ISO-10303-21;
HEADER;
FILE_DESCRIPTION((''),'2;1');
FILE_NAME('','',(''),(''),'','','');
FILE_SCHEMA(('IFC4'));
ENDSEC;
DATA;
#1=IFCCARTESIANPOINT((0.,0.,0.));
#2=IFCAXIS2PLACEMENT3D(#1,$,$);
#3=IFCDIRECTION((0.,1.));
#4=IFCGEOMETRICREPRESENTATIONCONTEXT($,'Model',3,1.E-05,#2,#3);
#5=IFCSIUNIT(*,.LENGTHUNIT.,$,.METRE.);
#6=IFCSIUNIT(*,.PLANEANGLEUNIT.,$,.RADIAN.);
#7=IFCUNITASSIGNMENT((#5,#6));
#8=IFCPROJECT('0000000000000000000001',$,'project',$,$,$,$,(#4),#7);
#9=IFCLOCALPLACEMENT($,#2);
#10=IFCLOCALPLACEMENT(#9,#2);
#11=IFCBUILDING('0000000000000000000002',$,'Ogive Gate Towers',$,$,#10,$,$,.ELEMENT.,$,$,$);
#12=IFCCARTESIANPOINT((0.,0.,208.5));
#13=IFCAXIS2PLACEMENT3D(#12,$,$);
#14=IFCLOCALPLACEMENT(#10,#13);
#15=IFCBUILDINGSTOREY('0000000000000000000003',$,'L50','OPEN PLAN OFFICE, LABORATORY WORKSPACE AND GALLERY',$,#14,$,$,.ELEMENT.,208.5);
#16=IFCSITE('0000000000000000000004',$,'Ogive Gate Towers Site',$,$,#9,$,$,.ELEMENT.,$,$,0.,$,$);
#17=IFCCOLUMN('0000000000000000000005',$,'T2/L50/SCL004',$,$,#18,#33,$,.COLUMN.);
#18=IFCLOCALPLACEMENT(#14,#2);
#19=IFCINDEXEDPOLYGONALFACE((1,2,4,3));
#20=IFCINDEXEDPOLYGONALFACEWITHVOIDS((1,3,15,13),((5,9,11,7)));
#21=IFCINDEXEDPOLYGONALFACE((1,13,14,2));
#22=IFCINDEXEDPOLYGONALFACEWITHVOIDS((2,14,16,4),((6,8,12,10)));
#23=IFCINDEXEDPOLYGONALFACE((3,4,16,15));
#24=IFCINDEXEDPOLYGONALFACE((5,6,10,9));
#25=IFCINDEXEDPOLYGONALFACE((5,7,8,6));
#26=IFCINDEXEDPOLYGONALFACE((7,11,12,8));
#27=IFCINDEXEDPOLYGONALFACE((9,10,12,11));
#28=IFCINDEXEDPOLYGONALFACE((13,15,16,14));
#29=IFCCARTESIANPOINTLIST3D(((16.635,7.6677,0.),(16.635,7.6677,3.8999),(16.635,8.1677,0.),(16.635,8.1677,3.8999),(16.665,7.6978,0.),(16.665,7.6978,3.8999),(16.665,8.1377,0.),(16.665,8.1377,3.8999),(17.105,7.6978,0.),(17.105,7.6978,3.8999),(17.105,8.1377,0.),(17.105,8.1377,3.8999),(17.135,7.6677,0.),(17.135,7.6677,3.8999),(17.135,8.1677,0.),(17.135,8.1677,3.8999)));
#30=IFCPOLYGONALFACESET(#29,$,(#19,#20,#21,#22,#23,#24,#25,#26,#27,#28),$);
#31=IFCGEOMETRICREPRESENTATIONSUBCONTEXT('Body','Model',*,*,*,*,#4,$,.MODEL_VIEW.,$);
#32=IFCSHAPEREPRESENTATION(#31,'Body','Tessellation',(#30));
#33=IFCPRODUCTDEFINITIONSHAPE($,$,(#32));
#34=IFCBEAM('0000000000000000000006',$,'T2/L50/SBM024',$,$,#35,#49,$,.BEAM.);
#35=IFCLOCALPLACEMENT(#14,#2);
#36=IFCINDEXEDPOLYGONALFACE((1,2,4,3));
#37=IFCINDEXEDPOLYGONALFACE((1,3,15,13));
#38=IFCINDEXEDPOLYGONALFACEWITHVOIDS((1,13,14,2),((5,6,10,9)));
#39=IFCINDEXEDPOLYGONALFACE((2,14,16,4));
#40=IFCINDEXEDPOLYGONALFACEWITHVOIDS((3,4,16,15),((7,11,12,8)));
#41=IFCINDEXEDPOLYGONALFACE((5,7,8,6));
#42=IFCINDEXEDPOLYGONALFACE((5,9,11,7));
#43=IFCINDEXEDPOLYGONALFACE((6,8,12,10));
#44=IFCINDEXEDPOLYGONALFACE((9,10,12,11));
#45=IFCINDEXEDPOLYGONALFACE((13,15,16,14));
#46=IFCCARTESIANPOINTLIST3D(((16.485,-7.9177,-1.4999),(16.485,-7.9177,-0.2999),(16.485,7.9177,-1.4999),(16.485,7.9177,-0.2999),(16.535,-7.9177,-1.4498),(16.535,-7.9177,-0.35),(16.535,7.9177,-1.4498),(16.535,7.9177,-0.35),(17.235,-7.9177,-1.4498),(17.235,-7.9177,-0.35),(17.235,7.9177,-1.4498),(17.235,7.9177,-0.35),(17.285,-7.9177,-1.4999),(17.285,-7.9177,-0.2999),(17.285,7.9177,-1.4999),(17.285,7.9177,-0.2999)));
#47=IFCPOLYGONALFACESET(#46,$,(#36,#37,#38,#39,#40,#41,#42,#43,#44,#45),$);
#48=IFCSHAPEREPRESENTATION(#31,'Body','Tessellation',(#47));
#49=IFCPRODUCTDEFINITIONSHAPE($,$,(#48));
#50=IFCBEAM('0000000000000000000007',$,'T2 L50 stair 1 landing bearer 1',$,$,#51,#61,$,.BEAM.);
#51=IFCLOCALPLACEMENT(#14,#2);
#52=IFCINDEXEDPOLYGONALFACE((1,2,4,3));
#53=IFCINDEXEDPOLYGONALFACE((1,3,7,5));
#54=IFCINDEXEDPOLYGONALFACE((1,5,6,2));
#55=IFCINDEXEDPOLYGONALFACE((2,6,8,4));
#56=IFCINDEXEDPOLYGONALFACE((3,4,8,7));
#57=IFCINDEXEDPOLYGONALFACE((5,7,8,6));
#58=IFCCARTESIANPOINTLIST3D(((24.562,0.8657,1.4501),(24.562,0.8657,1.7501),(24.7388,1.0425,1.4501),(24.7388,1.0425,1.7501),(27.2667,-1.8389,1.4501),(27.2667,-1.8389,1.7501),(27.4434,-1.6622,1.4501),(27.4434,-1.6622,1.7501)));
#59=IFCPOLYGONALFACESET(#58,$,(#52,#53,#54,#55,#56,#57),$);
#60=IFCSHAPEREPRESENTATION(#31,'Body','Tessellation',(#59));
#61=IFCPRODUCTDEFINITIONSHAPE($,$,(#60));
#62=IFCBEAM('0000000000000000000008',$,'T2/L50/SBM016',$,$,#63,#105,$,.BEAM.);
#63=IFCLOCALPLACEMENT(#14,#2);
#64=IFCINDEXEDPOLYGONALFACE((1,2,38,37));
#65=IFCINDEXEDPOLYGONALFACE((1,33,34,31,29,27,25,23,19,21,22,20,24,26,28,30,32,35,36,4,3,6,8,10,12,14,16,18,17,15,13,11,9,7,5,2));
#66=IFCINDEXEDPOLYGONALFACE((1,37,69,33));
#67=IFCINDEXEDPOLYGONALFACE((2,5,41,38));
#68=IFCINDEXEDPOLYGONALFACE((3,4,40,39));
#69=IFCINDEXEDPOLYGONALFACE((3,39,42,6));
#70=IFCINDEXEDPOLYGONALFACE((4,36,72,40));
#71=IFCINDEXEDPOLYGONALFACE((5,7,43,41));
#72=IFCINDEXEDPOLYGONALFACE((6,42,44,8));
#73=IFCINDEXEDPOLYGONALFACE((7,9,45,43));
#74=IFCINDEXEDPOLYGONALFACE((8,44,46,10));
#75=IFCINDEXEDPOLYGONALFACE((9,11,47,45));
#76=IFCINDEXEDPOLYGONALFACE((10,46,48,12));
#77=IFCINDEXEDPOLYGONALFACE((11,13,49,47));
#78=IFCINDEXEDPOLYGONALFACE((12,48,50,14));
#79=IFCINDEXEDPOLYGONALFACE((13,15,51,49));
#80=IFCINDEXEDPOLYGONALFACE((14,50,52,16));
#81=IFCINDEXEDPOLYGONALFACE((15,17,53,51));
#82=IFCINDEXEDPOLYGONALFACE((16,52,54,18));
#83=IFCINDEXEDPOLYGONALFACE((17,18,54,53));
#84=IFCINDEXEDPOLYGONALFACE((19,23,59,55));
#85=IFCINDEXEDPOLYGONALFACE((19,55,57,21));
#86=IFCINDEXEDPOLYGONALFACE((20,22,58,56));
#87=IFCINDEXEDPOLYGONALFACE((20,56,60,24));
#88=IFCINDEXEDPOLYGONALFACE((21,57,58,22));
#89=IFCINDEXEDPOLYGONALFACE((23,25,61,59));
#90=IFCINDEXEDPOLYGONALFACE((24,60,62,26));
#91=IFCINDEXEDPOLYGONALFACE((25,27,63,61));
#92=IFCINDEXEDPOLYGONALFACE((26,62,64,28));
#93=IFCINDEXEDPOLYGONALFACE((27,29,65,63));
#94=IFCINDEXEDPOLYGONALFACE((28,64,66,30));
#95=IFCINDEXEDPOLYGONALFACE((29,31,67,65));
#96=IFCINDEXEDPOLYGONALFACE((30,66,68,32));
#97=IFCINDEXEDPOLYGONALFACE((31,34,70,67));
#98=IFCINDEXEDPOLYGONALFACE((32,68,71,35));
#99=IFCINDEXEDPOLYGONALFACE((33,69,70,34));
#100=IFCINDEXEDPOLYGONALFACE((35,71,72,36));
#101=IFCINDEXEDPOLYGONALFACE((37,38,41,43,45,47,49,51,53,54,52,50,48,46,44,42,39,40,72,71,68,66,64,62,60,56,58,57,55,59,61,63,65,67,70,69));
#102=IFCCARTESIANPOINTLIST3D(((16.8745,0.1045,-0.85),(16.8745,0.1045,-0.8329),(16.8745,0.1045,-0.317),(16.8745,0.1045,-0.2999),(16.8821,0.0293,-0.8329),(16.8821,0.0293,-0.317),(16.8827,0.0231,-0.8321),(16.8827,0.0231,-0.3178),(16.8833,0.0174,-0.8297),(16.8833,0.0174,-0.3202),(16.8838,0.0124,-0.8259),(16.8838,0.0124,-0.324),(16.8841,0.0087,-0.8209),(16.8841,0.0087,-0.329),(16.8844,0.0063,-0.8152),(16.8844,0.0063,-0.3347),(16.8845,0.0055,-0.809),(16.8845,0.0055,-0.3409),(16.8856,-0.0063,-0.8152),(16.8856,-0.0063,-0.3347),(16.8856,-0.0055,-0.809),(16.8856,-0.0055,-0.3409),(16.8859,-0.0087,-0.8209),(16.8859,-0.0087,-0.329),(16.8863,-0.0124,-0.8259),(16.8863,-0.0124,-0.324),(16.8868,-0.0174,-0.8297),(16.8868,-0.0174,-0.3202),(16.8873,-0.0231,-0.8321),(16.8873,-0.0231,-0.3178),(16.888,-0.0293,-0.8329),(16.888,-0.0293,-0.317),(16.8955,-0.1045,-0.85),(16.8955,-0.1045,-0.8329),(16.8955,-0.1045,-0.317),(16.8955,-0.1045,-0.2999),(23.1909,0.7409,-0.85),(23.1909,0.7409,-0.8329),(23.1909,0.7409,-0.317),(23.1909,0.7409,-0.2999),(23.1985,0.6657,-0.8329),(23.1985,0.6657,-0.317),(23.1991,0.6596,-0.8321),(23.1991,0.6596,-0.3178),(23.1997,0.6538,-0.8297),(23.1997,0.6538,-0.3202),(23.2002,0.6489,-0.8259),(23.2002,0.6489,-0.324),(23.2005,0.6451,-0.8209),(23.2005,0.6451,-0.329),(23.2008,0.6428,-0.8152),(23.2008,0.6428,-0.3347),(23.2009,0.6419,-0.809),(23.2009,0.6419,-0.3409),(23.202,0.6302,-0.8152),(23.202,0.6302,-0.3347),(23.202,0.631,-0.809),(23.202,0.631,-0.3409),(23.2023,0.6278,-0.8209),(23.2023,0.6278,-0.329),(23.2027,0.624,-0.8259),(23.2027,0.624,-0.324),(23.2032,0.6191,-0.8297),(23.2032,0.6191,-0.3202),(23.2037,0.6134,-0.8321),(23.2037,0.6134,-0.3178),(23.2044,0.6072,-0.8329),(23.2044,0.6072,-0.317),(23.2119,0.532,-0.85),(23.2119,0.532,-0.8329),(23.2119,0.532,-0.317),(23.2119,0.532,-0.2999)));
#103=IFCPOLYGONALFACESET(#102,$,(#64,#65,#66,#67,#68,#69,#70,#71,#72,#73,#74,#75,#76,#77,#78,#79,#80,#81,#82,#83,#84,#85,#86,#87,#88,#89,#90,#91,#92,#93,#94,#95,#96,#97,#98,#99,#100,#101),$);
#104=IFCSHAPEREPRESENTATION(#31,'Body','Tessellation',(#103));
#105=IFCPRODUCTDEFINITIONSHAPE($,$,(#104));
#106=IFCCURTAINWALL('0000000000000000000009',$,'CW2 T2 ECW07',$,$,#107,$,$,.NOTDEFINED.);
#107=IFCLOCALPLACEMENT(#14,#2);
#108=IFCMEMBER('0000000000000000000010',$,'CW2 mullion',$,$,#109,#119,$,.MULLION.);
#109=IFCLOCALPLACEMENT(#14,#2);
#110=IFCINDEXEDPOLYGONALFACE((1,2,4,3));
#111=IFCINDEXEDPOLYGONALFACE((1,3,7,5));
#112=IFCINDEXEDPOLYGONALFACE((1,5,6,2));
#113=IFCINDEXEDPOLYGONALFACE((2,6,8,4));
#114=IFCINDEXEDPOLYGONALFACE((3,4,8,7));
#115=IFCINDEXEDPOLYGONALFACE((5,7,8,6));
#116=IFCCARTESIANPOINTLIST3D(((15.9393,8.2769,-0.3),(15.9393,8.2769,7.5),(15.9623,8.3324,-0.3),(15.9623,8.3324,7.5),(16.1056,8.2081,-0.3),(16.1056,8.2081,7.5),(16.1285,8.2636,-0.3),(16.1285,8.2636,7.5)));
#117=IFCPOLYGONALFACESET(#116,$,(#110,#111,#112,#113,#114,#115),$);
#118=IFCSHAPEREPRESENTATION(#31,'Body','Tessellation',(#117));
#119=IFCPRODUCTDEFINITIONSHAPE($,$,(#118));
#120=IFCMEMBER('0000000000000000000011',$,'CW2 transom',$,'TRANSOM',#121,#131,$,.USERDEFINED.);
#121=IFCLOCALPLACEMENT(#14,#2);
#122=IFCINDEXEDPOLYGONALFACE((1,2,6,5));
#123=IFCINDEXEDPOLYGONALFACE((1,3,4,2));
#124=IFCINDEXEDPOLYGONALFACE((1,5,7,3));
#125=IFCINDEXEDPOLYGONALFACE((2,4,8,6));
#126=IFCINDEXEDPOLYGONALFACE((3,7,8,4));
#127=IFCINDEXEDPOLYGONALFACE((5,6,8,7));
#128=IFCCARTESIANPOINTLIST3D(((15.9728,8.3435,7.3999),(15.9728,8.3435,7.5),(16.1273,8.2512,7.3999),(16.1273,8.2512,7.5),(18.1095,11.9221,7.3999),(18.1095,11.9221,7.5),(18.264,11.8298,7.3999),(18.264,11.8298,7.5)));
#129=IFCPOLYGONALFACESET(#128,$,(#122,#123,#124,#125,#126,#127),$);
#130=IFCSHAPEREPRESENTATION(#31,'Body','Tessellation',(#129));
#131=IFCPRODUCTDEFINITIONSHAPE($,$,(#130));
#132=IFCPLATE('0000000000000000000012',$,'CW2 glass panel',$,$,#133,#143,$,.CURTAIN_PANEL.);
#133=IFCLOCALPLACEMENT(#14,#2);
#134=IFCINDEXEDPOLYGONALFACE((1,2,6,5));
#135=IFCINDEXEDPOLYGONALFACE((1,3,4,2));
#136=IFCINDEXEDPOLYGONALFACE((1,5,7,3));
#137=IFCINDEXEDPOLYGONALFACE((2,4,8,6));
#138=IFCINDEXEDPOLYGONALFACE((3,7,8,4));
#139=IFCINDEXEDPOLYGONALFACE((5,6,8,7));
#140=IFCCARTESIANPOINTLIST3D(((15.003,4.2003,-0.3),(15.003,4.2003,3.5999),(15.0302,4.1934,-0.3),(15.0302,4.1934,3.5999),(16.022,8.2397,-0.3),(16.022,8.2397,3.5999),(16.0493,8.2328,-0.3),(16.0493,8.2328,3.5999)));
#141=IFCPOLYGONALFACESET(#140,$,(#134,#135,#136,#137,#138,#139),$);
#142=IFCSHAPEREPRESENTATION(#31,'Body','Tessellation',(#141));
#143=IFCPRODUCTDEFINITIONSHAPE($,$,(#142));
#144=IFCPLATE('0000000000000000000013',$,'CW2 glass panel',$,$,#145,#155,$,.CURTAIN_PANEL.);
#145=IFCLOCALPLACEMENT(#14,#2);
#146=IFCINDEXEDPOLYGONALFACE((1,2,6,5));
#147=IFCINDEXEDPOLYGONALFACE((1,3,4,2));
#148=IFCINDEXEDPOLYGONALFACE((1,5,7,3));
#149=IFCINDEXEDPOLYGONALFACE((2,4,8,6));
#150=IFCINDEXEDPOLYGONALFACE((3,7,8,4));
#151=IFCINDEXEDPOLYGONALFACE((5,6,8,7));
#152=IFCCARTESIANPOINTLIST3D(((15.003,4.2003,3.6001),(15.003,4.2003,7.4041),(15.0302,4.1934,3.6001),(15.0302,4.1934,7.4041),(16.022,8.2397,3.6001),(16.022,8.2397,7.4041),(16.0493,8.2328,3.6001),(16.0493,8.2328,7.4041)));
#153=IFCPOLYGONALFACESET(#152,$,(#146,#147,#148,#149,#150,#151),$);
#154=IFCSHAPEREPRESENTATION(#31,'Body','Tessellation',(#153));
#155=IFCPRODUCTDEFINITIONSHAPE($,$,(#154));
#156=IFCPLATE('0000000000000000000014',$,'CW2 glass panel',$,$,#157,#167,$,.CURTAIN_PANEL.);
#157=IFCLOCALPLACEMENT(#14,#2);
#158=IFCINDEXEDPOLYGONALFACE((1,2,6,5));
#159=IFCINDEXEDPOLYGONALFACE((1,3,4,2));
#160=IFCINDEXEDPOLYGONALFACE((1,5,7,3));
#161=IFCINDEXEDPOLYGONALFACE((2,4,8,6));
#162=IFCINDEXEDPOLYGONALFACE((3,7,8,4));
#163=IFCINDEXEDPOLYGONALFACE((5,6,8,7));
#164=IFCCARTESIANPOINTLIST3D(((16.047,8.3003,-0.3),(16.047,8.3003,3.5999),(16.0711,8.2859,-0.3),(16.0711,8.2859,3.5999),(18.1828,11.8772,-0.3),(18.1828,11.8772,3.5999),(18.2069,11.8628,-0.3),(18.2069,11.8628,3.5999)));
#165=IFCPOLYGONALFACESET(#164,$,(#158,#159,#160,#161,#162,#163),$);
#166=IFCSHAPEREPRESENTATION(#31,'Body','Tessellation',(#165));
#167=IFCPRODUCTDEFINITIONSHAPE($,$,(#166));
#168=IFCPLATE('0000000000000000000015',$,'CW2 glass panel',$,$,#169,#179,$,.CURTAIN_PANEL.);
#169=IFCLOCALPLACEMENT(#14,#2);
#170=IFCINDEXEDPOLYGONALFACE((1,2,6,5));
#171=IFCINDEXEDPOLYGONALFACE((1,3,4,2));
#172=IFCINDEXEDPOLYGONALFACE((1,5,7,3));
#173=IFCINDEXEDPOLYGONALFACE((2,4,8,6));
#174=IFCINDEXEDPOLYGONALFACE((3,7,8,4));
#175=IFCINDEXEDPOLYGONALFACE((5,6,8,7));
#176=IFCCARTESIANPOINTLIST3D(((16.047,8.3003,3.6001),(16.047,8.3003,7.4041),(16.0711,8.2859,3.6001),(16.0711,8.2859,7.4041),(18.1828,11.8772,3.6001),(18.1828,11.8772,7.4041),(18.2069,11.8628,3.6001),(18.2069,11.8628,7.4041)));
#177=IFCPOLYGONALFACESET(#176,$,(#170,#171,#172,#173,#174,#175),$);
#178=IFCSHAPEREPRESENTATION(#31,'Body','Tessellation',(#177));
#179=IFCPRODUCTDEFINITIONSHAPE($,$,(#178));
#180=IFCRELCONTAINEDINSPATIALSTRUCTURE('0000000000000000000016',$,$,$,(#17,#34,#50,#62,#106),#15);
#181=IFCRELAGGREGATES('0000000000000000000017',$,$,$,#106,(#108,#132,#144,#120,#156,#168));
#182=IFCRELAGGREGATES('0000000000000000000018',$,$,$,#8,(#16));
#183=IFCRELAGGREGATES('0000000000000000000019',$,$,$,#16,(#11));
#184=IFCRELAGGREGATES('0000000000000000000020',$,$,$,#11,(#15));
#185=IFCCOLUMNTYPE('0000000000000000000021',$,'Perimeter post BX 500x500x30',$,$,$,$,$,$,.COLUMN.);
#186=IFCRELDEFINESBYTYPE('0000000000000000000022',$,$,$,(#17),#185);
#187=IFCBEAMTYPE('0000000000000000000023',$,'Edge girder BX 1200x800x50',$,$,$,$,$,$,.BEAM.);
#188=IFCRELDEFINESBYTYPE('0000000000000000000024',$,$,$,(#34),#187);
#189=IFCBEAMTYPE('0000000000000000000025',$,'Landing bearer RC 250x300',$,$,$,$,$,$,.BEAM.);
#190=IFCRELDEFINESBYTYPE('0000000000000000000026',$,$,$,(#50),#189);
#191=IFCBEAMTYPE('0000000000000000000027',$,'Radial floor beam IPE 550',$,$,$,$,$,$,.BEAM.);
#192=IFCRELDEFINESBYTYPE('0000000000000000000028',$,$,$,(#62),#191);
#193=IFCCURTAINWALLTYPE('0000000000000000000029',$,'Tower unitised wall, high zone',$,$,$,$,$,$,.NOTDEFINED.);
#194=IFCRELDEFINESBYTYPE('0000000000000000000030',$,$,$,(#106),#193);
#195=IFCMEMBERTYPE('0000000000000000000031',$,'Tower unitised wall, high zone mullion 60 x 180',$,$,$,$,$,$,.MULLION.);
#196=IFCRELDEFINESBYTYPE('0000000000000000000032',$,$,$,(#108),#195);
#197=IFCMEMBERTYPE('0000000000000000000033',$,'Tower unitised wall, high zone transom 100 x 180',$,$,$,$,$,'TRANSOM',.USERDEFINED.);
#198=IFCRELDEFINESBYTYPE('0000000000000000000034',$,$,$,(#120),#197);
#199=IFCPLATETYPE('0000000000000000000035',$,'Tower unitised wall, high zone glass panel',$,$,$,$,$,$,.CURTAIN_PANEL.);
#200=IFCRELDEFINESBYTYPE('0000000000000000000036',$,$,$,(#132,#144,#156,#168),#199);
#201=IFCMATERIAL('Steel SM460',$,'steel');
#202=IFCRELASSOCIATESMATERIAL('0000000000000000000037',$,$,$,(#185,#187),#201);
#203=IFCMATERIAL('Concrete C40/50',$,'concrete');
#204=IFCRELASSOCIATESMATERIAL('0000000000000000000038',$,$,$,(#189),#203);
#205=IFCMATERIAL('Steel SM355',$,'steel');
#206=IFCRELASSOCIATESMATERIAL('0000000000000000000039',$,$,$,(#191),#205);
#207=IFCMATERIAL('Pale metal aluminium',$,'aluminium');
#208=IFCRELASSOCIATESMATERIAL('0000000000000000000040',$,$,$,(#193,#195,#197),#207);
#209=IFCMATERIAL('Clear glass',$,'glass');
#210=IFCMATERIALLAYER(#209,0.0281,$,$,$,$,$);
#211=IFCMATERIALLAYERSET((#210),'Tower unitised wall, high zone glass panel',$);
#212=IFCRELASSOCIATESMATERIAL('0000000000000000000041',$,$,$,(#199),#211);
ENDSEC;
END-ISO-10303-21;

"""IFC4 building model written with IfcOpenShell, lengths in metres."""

from ifc_helpers import new_model, si_unit, direction, frame, origin, origin_2d, place, context, subcontext, project, spatial, rectangle, hollow_rectangle, i_section, extrude, material, layer, layer_set, material_profile, profile_set, type_object, element, aggregate, save


model = new_model("IFC4")

# Units and contexts
model_context = context("Model", 3, precision=1e-05, world=origin(), true_north=direction((0.0, 1.0)))
body_context = subcontext(model_context, "Body", "Model", "MODEL_VIEW")
ifc_project = project(units=[si_unit("LENGTHUNIT", "METRE"), si_unit("PLANEANGLEUNIT", "RADIAN")], contexts=[model_context])

# Site, building, storey
site_placement = place(None, origin())
site = spatial("IfcSite", under=ifc_project, at=site_placement, Name="Ogive Gate Towers Site", CompositionType="ELEMENT", RefElevation=0.0)
building_placement = place(site_placement, origin())
building = spatial("IfcBuilding", under=site, at=building_placement, Name="Ogive Gate Towers", CompositionType="ELEMENT")
storey_placement = place(building_placement, frame((0.0, 0.0, 208.5)))
storey = spatial("IfcBuildingStorey", under=building, at=storey_placement, Name="L50", Description="OPEN PLAN OFFICE, LABORATORY WORKSPACE AND GALLERY", CompositionType="ELEMENT", Elevation=208.5)

# Column
ifc_material_1 = material(Name="Steel SM460", Category="steel")
ifc_material_profile_1 = material_profile(ifc_material_1, hollow_rectangle(XDim=0.5, YDim=0.5, WallThickness=0.03, at=origin_2d()), Name="BX 500x500x30")
ifc_profile_set_1 = profile_set([ifc_material_profile_1], Name="Steel SM460")
column_type = type_object("IfcColumnType", Name="Perimeter post BX 500x500x30", PredefinedType="COLUMN", material=ifc_profile_set_1)
column_placement = place(storey_placement, frame((16.885, 7.9177, 0.0), z_axis=(0.0, 0.0, 1.0), x_axis=(1.0, 0.0, 0.0)))
element("IfcColumn", 1, at=column_placement, inside=storey, type_object=column_type, Name="T2/L50/SCL004", PredefinedType="COLUMN", context=body_context, shape_type="SweptSolid", body=[
    extrude(hollow_rectangle(XDim=0.5, YDim=0.5, WallThickness=0.03, at=origin_2d()), origin(), (0.0, 0.0, 1.0), 3.8999),
])

# Beams
ifc_material_profile_2 = material_profile(ifc_material_1, hollow_rectangle(XDim=0.8, YDim=1.2, WallThickness=0.05, at=origin_2d()), Name="BX 1200x800x50")
ifc_profile_set_2 = profile_set([ifc_material_profile_2], Name="Steel SM460")
beam_type_1 = type_object("IfcBeamType", Name="Edge girder BX 1200x800x50", PredefinedType="BEAM", material=ifc_profile_set_2)
beam_1_placement = place(storey_placement, frame((16.885, 7.9177, -0.8999), z_axis=(0.0, -1.0, 0.0), x_axis=(1.0, 0.0, 0.0)))
element("IfcBeam", 2, at=beam_1_placement, inside=storey, type_object=beam_type_1, Name="T2/L50/SBM024", PredefinedType="BEAM", context=body_context, shape_type="SweptSolid", body=[
    extrude(hollow_rectangle(XDim=0.8, YDim=1.2, WallThickness=0.05, at=origin_2d()), origin(), (0.0, 0.0, 1.0), 15.8354),
])
ifc_material_2 = material(Name="Concrete C40/50", Category="concrete")
ifc_material_profile_3 = material_profile(ifc_material_2, rectangle(XDim=0.25, YDim=0.3, at=origin_2d()), Name="RC 250x300")
ifc_profile_set_3 = profile_set([ifc_material_profile_3], Name="Concrete C40/50")
beam_type_2 = type_object("IfcBeamType", Name="Landing bearer RC 250x300", PredefinedType="BEAM", material=ifc_profile_set_3)
beam_2_placement = place(storey_placement, frame((24.6504, 0.9541, 1.6001), z_axis=(0.707107, -0.707107, 0.0), x_axis=(0.707107, 0.707107, 0.0)))
element("IfcBeam", 3, at=beam_2_placement, inside=storey, type_object=beam_type_2, Name="T2 L50 stair 1 landing bearer 1", PredefinedType="BEAM", context=body_context, shape_type="SweptSolid", body=[
    extrude(rectangle(XDim=0.25, YDim=0.3, at=origin_2d()), origin(), (0.0, 0.0, 1.0), 3.825),
])
ifc_material_3 = material(Name="Steel SM355", Category="steel")
ifc_material_profile_4 = material_profile(ifc_material_3, i_section(OverallWidth=0.21, OverallDepth=0.55, WebThickness=0.011, FlangeThickness=0.0171, FilletRadius=0.0239, at=origin_2d()), Name="IPE 550")
ifc_profile_set_4 = profile_set([ifc_material_profile_4], Name="Steel SM355")
beam_type_3 = type_object("IfcBeamType", Name="Radial floor beam IPE 550", PredefinedType="BEAM", material=ifc_profile_set_4)
beam_3_placement = place(storey_placement, frame((23.2014, 0.6365, -0.575), z_axis=(-0.994962, -0.100258, 0.0), x_axis=(0.100258, -0.994962, 0.0)))
element("IfcBeam", 4, at=beam_3_placement, inside=storey, type_object=beam_type_3, Name="T2/L50/SBM016", PredefinedType="BEAM", context=body_context, shape_type="SweptSolid", body=[
    extrude(i_section(OverallWidth=0.21, OverallDepth=0.55, WebThickness=0.011, FlangeThickness=0.0171, FilletRadius=0.0239, at=origin_2d()), origin(), (0.0, 0.0, 1.0), 6.3484),
])

# Curtain wall, members, plates
ifc_material_4 = material(Name="Pale metal aluminium", Category="aluminium")
curtain_wall_type = type_object("IfcCurtainWallType", Name="Tower unitised wall, high zone", PredefinedType="NOTDEFINED", material=ifc_material_4)
curtain_wall_placement = place(storey_placement, origin())
curtain_wall = element("IfcCurtainWall", 5, at=curtain_wall_placement, inside=storey, type_object=curtain_wall_type, Name="CW2 T2 ECW07", PredefinedType="NOTDEFINED")
ifc_material_profile_5 = material_profile(ifc_material_4, rectangle(XDim=0.1799, YDim=0.0601, at=origin_2d()), Name="60 x 180 aluminium box")
ifc_profile_set_5 = profile_set([ifc_material_profile_5], Name="Pale metal aluminium")
member_type_1 = type_object("IfcMemberType", Name="Tower unitised wall, high zone mullion 60 x 180", PredefinedType="MULLION", material=ifc_profile_set_5)
member_1_placement = place(storey_placement, frame((16.0339, 8.2703, -0.3), z_axis=(0.0, 0.0, 1.0), x_axis=(0.92388, -0.382683, 0.0)))
member_1 = element("IfcMember", 6, at=member_1_placement, type_object=member_type_1, Name="CW2 mullion", PredefinedType="MULLION", context=body_context, shape_type="SweptSolid", body=[
    extrude(rectangle(XDim=0.1799, YDim=0.0601, at=origin_2d()), origin(), (0.0, 0.0, 1.0), 7.8),
])
ifc_material_profile_6 = material_profile(ifc_material_4, rectangle(XDim=0.1799, YDim=0.1001, at=origin_2d()), Name="100 x 180 aluminium box")
ifc_profile_set_6 = profile_set([ifc_material_profile_6], Name="Pale metal aluminium")
member_type_2 = type_object("IfcMemberType", Name="Tower unitised wall, high zone transom 100 x 180", ElementType="TRANSOM", PredefinedType="USERDEFINED", material=ifc_profile_set_6)
member_2_placement = place(storey_placement, frame((16.05, 8.2974, 7.45), z_axis=(0.512651, 0.858597, 0.0), x_axis=(-0.858597, 0.512651, 0.0)))
member_2 = element("IfcMember", 7, at=member_2_placement, type_object=member_type_2, Name="CW2 transom", ObjectType="TRANSOM", PredefinedType="USERDEFINED", context=body_context, shape_type="SweptSolid", body=[
    extrude(rectangle(XDim=0.1799, YDim=0.1001, at=origin_2d()), origin(), (0.0, 0.0, 1.0), 4.168),
])
ifc_material_5 = material(Name="Clear glass", Category="glass")
ifc_layer_1 = layer(ifc_material_5, 0.0281)
ifc_layer_set_1 = layer_set([ifc_layer_1], Name="Tower unitised wall, high zone glass panel")
plate_type = type_object("IfcPlateType", Name="Tower unitised wall, high zone glass panel", PredefinedType="CURTAIN_PANEL", material=ifc_layer_set_1)
plate_1_placement = place(storey_placement, frame((15.5261, 6.2166, -0.3), z_axis=(0.0, 0.0, 1.0), x_axis=(0.244614, 0.969621, 0.0)))
plate_1 = element("IfcPlate", 8, at=plate_1_placement, type_object=plate_type, Name="CW2 glass panel", PredefinedType="CURTAIN_PANEL", context=body_context, shape_type="SweptSolid", body=[
    extrude(rectangle(XDim=4.166, YDim=0.0281, at=origin_2d()), origin(), (0.0, 0.0, 1.0), 3.8999),
])
plate_2_placement = place(storey_placement, frame((15.5261, 6.2166, 3.6001), z_axis=(0.0, 0.0, 1.0), x_axis=(0.244614, 0.969621, 0.0)))
plate_2 = element("IfcPlate", 9, at=plate_2_placement, type_object=plate_type, Name="CW2 glass panel", PredefinedType="CURTAIN_PANEL", context=body_context, shape_type="SweptSolid", body=[
    extrude(rectangle(XDim=4.166, YDim=0.0281, at=origin_2d()), origin(), (0.0, 0.0, 1.0), 3.804),
])
plate_3_placement = place(storey_placement, frame((17.127, 10.0815, -0.3), z_axis=(0.0, 0.0, 1.0), x_axis=(0.512672, 0.858584, 0.0)))
plate_3 = element("IfcPlate", 10, at=plate_3_placement, type_object=plate_type, Name="CW2 glass panel", PredefinedType="CURTAIN_PANEL", context=body_context, shape_type="SweptSolid", body=[
    extrude(rectangle(XDim=4.166, YDim=0.0281, at=origin_2d()), origin(), (0.0, 0.0, 1.0), 3.8999),
])
plate_4_placement = place(storey_placement, frame((17.127, 10.0815, 3.6001), z_axis=(0.0, 0.0, 1.0), x_axis=(0.512672, 0.858584, 0.0)))
plate_4 = element("IfcPlate", 11, at=plate_4_placement, type_object=plate_type, Name="CW2 glass panel", PredefinedType="CURTAIN_PANEL", context=body_context, shape_type="SweptSolid", body=[
    extrude(rectangle(XDim=4.166, YDim=0.0281, at=origin_2d()), origin(), (0.0, 0.0, 1.0), 3.804),
])
aggregate(curtain_wall, [member_1, plate_1, plate_2, member_2, plate_3, plate_4])

save(model, "model.ifc")
